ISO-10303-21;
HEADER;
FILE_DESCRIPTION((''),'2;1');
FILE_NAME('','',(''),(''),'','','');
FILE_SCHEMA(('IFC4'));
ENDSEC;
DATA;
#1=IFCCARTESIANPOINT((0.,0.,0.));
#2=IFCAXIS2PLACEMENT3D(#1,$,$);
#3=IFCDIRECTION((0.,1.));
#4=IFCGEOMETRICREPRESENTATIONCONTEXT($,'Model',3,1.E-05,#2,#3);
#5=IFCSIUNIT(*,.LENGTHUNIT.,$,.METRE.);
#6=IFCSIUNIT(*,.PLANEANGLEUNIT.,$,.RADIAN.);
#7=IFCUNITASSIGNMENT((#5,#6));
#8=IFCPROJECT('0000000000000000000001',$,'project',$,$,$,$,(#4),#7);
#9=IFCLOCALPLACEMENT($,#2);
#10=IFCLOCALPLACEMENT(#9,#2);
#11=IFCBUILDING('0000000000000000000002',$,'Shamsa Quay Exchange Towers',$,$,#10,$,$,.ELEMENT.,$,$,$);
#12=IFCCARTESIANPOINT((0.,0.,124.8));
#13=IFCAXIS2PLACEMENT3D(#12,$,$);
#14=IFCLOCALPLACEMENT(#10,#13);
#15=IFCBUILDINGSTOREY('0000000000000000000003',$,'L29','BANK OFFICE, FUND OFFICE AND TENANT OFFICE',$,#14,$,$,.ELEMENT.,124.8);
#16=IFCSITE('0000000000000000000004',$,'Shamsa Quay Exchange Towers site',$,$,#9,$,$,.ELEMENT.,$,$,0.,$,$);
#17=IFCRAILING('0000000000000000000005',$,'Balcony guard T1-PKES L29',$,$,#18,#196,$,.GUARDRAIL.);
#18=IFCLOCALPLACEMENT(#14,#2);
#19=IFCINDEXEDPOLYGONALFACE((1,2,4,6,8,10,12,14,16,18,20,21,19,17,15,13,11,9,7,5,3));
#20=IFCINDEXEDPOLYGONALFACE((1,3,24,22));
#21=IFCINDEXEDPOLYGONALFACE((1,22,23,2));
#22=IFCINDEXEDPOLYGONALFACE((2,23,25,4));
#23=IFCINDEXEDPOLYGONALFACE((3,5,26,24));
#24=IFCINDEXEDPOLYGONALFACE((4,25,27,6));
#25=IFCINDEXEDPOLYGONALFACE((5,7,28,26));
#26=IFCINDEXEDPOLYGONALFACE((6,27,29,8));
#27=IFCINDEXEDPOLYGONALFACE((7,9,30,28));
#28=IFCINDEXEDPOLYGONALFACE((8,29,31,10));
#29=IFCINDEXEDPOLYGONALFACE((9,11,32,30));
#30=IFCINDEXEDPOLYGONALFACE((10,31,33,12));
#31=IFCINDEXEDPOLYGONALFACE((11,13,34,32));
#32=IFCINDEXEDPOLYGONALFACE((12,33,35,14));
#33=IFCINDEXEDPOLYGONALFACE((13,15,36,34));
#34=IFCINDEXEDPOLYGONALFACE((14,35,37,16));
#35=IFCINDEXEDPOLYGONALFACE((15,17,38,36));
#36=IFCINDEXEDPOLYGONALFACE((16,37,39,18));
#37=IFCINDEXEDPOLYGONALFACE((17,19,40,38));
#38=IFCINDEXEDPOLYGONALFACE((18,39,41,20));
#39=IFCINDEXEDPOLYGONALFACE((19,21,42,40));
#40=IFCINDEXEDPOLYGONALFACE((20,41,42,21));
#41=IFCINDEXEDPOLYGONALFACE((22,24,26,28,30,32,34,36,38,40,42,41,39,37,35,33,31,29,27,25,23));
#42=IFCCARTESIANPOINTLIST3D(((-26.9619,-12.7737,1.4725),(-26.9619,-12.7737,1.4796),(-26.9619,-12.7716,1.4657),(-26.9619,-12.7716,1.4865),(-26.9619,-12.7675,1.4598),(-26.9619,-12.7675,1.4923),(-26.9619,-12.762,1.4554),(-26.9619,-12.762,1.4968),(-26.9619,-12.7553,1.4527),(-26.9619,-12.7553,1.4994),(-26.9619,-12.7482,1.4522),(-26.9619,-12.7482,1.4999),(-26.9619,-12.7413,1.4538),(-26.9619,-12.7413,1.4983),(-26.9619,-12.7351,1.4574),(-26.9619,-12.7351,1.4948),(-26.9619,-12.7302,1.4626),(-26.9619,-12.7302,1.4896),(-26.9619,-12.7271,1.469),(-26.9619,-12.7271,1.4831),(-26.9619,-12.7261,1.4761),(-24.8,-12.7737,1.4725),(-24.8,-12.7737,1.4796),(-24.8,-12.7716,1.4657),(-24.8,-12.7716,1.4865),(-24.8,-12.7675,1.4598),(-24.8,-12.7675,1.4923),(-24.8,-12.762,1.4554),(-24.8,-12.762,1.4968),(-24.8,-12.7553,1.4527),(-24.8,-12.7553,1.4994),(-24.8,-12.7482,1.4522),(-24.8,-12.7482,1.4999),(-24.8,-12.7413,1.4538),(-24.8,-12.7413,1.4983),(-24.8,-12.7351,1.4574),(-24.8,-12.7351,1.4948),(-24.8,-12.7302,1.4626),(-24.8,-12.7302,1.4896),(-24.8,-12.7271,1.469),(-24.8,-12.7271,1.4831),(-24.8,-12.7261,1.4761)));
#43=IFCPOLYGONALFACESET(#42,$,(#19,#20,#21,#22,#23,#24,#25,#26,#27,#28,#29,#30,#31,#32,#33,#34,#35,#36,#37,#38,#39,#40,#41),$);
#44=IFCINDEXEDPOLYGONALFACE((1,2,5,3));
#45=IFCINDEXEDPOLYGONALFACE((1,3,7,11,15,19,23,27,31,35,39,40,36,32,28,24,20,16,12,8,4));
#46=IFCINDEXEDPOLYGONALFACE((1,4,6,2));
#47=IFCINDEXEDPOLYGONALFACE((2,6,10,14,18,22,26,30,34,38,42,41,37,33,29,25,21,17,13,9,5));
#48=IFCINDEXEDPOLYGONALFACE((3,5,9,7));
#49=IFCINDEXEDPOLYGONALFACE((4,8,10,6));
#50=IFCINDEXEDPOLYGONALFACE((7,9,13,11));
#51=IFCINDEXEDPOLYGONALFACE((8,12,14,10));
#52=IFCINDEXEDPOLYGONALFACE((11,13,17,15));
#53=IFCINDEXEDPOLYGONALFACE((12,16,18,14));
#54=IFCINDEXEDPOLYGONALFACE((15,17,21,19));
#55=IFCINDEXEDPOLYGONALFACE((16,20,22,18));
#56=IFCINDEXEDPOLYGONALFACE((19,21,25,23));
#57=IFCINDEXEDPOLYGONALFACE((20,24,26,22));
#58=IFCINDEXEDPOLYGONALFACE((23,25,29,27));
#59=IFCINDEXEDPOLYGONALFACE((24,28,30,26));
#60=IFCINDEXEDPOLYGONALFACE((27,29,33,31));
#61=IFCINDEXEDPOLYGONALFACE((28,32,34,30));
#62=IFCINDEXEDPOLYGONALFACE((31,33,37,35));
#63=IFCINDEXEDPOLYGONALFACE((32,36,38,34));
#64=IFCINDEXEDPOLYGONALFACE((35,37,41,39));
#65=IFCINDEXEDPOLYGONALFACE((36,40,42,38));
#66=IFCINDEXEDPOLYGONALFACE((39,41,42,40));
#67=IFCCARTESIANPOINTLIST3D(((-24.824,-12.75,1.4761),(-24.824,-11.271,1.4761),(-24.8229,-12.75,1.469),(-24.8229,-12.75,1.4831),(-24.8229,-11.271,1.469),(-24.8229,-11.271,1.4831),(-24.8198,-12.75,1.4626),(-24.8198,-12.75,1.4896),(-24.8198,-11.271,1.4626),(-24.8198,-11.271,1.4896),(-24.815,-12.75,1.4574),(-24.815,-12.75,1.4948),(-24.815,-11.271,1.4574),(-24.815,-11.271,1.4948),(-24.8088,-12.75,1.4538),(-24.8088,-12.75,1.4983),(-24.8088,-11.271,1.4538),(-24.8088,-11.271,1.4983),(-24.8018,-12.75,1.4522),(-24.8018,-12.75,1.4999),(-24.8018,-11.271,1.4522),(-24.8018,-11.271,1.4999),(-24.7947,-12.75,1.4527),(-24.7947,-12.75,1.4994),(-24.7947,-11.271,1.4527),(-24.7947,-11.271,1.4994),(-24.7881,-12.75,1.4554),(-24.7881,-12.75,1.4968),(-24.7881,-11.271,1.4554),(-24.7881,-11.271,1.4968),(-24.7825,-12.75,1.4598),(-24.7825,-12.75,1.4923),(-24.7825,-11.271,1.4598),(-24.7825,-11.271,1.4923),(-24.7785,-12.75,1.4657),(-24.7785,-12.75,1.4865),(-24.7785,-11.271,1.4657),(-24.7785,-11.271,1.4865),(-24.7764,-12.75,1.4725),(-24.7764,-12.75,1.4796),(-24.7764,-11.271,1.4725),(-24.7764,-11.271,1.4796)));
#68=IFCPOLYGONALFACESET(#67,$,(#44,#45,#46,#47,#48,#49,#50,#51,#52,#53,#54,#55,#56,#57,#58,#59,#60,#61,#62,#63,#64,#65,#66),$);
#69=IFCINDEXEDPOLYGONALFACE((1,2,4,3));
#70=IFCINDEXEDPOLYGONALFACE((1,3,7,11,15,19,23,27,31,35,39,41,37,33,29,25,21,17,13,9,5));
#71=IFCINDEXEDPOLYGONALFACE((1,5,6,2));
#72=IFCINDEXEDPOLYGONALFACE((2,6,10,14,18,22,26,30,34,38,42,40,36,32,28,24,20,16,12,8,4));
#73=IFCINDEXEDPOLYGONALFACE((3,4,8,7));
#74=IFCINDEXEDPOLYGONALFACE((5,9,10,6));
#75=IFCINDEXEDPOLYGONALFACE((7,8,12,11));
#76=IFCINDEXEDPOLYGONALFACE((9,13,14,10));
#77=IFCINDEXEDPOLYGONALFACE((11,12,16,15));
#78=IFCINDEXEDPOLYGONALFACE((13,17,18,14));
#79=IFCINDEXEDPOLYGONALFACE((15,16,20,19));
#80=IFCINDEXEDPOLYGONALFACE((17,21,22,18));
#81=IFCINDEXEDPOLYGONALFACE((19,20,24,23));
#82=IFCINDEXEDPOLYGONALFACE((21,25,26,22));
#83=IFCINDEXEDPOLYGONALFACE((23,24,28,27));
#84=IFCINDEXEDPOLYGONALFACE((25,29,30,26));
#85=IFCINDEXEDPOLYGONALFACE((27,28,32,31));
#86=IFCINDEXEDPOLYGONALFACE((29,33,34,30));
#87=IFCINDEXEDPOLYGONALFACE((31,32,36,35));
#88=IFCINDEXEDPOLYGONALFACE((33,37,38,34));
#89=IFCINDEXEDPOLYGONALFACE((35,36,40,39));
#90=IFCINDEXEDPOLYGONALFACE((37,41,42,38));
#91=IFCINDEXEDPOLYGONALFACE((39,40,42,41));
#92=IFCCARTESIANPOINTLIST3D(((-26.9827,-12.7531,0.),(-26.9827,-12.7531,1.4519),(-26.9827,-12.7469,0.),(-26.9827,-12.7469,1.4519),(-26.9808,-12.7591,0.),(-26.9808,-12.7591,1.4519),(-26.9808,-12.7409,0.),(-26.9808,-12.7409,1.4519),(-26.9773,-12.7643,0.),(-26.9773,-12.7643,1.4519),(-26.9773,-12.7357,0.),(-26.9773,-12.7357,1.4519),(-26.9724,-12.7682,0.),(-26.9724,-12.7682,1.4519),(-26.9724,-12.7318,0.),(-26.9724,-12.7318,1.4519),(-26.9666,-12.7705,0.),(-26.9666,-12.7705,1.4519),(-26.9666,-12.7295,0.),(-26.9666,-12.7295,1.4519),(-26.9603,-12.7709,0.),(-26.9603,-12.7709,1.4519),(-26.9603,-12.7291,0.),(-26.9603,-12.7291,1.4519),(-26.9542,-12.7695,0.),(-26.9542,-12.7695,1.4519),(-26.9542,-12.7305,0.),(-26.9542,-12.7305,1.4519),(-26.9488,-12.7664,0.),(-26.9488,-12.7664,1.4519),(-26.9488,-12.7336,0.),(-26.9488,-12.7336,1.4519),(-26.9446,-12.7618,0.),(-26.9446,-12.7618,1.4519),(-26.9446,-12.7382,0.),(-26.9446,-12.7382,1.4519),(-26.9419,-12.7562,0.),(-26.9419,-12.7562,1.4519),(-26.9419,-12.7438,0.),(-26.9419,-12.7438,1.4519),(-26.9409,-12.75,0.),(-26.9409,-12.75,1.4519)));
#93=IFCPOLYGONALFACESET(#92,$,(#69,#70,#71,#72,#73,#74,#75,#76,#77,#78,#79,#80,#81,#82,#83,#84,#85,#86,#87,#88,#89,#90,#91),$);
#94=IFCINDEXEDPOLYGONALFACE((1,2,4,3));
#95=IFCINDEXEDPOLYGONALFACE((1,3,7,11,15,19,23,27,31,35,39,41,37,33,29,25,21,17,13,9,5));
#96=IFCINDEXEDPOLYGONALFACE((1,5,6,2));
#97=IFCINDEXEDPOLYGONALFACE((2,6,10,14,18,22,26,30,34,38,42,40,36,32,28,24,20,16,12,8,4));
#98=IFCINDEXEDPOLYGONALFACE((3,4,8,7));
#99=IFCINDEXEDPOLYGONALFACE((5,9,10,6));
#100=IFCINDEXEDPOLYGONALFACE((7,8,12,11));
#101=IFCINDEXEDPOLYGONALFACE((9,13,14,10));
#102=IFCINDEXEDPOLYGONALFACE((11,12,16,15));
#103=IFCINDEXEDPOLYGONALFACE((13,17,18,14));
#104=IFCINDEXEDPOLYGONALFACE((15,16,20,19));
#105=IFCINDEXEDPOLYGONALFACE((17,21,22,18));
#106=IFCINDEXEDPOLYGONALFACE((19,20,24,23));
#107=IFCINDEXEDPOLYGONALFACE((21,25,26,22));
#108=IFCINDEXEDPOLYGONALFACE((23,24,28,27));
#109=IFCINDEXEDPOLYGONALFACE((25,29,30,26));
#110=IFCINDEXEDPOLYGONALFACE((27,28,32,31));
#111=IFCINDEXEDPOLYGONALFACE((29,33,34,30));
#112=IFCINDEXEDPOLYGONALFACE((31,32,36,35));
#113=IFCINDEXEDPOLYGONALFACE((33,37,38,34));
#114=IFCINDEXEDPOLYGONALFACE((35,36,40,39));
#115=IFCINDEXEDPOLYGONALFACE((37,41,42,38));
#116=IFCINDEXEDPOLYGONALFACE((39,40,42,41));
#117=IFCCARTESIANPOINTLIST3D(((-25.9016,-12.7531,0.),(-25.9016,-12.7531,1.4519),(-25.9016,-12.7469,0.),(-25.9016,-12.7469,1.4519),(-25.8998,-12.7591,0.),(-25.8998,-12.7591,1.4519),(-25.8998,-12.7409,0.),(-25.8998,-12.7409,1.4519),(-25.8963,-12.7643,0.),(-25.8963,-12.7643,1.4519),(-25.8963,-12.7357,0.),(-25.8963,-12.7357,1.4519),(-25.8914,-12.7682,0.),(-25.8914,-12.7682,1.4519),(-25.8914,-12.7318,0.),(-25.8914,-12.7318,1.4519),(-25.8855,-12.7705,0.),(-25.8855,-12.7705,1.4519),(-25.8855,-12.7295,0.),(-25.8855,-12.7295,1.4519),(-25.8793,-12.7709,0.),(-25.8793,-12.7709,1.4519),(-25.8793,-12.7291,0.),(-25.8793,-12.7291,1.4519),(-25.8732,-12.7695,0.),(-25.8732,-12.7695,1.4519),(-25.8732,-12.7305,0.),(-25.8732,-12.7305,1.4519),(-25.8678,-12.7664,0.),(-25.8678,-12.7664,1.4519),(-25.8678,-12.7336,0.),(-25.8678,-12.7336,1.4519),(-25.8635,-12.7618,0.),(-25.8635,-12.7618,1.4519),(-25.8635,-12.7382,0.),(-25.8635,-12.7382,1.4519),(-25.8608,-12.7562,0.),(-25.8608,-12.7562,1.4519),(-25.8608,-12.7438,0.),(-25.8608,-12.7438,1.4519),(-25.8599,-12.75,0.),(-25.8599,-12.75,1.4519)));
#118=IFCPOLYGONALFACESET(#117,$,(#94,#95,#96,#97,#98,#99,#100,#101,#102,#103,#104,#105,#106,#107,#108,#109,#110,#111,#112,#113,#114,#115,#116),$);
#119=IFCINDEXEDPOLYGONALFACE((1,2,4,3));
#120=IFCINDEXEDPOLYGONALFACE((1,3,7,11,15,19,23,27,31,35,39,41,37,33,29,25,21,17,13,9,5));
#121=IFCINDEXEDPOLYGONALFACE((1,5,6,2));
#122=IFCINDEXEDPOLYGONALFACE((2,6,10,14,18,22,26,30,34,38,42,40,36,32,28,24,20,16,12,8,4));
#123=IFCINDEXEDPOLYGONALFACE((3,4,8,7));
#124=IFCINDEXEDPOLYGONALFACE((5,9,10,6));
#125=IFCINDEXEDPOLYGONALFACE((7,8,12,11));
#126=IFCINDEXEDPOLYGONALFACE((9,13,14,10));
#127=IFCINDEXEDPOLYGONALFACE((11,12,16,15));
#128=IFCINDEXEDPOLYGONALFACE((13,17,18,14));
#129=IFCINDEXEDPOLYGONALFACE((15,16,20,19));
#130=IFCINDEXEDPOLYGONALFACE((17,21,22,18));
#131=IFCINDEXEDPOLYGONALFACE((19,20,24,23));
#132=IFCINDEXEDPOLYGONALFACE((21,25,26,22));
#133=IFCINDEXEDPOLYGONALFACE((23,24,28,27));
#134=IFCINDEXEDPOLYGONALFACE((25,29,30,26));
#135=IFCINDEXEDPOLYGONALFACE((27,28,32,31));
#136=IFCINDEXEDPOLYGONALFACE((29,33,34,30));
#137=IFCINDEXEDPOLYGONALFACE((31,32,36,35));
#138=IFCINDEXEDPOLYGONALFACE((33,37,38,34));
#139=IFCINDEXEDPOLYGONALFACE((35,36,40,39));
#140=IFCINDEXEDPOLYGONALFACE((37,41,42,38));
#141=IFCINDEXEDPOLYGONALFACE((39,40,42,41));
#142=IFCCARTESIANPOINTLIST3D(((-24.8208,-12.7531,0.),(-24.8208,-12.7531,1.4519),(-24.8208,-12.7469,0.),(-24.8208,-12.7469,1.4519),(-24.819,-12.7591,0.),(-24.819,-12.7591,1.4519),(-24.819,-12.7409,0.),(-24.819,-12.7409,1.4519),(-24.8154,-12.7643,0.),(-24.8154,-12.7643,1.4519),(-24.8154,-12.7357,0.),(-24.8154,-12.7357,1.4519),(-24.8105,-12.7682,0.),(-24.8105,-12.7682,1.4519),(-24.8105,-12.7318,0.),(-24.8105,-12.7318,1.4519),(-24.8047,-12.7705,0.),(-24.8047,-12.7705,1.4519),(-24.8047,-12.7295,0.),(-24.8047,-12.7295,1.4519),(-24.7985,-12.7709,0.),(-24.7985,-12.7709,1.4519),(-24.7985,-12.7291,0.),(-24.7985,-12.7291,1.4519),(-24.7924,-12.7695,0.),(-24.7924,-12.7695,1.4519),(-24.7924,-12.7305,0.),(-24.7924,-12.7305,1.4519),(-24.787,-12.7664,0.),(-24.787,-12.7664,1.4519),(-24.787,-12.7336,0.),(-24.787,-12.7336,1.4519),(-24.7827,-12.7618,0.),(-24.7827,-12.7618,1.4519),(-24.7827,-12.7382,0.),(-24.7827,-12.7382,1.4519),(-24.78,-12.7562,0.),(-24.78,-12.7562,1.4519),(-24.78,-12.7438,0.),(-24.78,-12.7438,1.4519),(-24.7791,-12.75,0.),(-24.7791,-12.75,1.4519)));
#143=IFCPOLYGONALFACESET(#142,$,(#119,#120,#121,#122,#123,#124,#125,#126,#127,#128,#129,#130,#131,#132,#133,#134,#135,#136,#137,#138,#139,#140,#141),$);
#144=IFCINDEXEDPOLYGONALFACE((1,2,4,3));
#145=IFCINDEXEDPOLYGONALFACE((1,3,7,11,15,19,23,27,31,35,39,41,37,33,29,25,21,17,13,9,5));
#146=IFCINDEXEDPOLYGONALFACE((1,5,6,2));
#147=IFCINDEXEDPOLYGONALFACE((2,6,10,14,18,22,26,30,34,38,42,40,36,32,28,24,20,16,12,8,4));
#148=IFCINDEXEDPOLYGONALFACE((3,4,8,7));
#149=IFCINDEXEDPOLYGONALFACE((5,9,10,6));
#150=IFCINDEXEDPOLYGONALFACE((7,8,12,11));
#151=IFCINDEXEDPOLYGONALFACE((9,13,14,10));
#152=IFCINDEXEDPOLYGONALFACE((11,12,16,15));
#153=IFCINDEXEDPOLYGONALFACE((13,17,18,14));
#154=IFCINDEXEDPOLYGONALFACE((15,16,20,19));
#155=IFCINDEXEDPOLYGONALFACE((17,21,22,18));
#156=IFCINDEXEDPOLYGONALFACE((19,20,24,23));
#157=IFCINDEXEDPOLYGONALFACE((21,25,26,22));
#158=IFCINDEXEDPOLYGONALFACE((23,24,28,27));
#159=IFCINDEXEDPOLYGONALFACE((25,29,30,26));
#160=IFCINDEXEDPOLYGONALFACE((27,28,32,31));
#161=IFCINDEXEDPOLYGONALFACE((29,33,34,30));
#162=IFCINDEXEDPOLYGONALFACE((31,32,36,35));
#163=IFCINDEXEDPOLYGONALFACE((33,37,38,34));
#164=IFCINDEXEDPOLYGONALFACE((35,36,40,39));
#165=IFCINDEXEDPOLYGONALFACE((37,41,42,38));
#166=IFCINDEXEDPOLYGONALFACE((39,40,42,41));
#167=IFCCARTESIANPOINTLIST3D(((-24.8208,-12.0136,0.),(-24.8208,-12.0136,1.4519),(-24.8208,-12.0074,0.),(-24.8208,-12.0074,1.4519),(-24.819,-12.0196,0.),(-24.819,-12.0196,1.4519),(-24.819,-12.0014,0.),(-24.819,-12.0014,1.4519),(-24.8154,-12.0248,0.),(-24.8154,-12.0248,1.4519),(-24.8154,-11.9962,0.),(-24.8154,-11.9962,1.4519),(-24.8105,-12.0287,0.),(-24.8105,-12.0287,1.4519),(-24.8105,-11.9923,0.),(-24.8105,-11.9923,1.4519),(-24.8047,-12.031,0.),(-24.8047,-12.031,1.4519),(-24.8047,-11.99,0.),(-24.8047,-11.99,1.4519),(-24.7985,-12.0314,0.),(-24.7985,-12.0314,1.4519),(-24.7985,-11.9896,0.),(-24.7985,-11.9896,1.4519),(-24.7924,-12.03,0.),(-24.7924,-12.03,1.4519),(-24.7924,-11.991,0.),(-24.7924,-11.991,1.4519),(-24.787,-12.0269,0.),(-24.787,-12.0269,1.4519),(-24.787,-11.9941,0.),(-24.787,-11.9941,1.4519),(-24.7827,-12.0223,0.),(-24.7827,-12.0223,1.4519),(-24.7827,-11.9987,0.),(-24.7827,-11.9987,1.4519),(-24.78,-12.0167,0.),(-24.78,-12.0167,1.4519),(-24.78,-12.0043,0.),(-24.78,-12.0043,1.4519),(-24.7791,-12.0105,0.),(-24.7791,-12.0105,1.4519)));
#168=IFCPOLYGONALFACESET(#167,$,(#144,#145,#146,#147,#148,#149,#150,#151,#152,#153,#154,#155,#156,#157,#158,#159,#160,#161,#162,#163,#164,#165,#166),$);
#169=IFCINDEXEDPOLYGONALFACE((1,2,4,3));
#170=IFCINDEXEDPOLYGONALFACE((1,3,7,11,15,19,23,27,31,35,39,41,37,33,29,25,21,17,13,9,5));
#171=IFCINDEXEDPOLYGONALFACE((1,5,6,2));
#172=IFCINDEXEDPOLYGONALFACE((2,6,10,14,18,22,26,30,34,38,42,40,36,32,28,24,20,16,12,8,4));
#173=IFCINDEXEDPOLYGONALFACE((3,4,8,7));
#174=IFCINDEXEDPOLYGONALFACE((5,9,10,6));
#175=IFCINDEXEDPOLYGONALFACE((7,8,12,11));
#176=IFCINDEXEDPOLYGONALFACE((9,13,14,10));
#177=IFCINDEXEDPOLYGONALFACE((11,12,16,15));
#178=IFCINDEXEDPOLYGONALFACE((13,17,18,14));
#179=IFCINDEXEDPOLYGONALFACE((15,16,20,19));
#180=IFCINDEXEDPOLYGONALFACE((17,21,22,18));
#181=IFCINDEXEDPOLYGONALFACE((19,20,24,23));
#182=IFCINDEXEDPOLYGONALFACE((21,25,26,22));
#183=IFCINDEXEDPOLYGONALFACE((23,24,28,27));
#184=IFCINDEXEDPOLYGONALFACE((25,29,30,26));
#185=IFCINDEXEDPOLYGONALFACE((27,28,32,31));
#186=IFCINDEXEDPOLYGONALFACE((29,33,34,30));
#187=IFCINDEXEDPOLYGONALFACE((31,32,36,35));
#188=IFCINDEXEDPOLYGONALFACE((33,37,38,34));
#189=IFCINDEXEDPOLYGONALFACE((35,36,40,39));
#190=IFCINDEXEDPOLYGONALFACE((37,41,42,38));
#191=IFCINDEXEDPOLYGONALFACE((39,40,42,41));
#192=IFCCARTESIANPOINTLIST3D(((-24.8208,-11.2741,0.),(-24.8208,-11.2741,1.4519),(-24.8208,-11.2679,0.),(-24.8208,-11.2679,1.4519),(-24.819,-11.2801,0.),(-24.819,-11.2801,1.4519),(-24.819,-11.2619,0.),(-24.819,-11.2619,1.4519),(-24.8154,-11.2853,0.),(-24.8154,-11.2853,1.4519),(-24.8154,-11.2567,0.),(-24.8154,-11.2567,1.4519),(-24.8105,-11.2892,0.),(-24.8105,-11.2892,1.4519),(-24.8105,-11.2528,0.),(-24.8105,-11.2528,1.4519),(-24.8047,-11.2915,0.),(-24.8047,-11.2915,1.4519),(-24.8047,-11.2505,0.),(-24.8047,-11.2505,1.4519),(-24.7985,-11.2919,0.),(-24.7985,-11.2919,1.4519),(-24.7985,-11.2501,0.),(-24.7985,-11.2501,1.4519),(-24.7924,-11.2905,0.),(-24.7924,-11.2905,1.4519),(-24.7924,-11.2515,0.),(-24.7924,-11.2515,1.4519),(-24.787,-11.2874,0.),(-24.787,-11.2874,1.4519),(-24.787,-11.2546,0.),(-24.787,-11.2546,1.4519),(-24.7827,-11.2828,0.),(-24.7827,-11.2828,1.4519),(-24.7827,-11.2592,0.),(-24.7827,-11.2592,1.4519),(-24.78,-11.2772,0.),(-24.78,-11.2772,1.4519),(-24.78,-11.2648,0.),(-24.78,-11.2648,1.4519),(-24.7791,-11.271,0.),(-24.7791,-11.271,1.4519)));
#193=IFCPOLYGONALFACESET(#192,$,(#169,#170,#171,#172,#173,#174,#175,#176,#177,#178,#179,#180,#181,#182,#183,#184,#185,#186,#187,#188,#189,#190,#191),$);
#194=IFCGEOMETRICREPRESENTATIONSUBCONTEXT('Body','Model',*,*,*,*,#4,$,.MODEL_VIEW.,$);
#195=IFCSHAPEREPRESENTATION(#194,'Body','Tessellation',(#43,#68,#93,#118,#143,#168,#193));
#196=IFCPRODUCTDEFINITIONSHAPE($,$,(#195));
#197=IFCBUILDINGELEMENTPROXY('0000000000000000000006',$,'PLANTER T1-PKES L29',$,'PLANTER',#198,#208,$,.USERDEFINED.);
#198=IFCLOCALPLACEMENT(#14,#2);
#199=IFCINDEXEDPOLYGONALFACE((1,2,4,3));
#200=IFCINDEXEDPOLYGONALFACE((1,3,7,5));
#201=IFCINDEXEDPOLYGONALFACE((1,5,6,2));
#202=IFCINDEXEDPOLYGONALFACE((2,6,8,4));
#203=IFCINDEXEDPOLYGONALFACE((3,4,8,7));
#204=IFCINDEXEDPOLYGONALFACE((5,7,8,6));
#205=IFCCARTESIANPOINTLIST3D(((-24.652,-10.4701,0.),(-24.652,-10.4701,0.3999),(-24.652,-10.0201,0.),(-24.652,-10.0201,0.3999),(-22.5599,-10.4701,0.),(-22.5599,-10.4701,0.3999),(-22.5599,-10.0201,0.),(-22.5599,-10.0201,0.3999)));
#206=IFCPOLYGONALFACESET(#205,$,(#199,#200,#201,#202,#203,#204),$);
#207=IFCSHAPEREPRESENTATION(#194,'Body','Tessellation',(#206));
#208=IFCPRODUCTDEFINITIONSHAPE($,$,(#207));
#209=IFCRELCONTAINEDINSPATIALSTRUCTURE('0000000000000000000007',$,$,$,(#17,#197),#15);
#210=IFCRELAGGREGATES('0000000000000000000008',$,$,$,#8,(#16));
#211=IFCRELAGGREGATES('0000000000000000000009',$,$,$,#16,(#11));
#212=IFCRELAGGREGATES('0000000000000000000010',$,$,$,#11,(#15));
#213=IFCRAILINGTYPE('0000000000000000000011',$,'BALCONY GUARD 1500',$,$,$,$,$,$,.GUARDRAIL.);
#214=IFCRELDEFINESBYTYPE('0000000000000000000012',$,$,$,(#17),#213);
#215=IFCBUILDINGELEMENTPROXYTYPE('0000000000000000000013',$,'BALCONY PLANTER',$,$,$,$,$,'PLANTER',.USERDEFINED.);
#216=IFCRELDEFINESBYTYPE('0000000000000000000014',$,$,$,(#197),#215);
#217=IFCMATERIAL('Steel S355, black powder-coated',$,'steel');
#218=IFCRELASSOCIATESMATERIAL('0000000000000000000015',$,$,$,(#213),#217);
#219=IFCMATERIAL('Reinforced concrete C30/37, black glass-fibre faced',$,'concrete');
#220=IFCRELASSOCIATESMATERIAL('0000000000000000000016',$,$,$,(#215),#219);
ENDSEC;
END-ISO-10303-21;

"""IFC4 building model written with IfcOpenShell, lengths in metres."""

from ifc_helpers import new_model, si_unit, direction, frame, origin, origin_2d, place, context, subcontext, project, spatial, rectangle, circle, extrude, material, type_object, element, save


model = new_model("IFC4")

# Units and contexts
model_context = context("Model", 3, precision=1e-05, world=origin(), true_north=direction((0.0, 1.0)))
body_context = subcontext(model_context, "Body", "Model", "MODEL_VIEW")
ifc_project = project(units=[si_unit("LENGTHUNIT", "METRE"), si_unit("PLANEANGLEUNIT", "RADIAN")], contexts=[model_context])

# Site, building, storey
site_placement = place(None, origin())
site = spatial("IfcSite", under=ifc_project, at=site_placement, Name="Shamsa Quay Exchange Towers site", CompositionType="ELEMENT", RefElevation=0.0)
building_placement = place(site_placement, origin())
building = spatial("IfcBuilding", under=site, at=building_placement, Name="Shamsa Quay Exchange Towers", CompositionType="ELEMENT")
storey_placement = place(building_placement, frame((0.0, 0.0, 124.8)))
storey = spatial("IfcBuildingStorey", under=building, at=storey_placement, Name="L29", Description="BANK OFFICE, FUND OFFICE AND TENANT OFFICE", CompositionType="ELEMENT", Elevation=124.8)

# Railing
ifc_material_1 = material(Name="Steel S355, black powder-coated", Category="steel")
railing_type_1 = type_object("IfcRailingType", Name="BALCONY GUARD 1500", PredefinedType="GUARDRAIL", material=ifc_material_1)
for number, where, name in (
    (1, (-26.9619, -12.75, 0.0), "Balcony guard T1-PKES L29"),
):
    element("IfcRailing", number, at=place(storey_placement, frame(where)), inside=storey, type_object=railing_type_1, Name=name, PredefinedType="GUARDRAIL", context=body_context, shape_type="SweptSolid", body=[
        extrude(circle(Radius=0.0239, at=origin_2d()), frame((0.0, 0.0, 1.4761), z_axis=(1.0, 0.0, 0.0), x_axis=(0.0, 1.0, 0.0)), (0.0, 0.0, 1.0), 2.1619),
        extrude(circle(Radius=0.0239, at=origin_2d()), frame((2.1619, 0.0, 1.4761), z_axis=(0.0, 1.0, 0.0), x_axis=(-1.0, 0.0, 0.0)), (0.0, 0.0, 1.0), 1.479),
        extrude(circle(Radius=0.021, at=origin_2d()), origin(), (0.0, 0.0, 1.0), 1.4519),
        extrude(circle(Radius=0.021, at=origin_2d()), frame((1.0811, 0.0, 0.0)), (0.0, 0.0, 1.0), 1.4519),
        extrude(circle(Radius=0.021, at=origin_2d()), frame((2.1619, 0.0, 0.0)), (0.0, 0.0, 1.0), 1.4519),
        extrude(circle(Radius=0.021, at=origin_2d()), frame((2.1619, 0.7395, 0.0)), (0.0, 0.0, 1.0), 1.4519),
        extrude(circle(Radius=0.021, at=origin_2d()), frame((2.1619, 1.479, 0.0)), (0.0, 0.0, 1.0), 1.4519),
    ])

# Building element proxy
ifc_material_2 = material(Name="Reinforced concrete C30/37, black glass-fibre faced", Category="concrete")
building_element_proxy_type = type_object("IfcBuildingElementProxyType", Name="BALCONY PLANTER", ElementType="PLANTER", PredefinedType="USERDEFINED", material=ifc_material_2)
for number, where, name in (
    (2, (-23.606, -10.2451, 0.0), "PLANTER T1-PKES L29"),
):
    element("IfcBuildingElementProxy", number, at=place(storey_placement, frame(where)), inside=storey, type_object=building_element_proxy_type, Name=name, ObjectType="PLANTER", PredefinedType="USERDEFINED", context=body_context, shape_type="SweptSolid", body=[
        extrude(rectangle(XDim=2.092, YDim=0.45, at=origin_2d()), origin(), (0.0, 0.0, 1.0), 0.3999),
    ])

save(model, "model.ifc")
